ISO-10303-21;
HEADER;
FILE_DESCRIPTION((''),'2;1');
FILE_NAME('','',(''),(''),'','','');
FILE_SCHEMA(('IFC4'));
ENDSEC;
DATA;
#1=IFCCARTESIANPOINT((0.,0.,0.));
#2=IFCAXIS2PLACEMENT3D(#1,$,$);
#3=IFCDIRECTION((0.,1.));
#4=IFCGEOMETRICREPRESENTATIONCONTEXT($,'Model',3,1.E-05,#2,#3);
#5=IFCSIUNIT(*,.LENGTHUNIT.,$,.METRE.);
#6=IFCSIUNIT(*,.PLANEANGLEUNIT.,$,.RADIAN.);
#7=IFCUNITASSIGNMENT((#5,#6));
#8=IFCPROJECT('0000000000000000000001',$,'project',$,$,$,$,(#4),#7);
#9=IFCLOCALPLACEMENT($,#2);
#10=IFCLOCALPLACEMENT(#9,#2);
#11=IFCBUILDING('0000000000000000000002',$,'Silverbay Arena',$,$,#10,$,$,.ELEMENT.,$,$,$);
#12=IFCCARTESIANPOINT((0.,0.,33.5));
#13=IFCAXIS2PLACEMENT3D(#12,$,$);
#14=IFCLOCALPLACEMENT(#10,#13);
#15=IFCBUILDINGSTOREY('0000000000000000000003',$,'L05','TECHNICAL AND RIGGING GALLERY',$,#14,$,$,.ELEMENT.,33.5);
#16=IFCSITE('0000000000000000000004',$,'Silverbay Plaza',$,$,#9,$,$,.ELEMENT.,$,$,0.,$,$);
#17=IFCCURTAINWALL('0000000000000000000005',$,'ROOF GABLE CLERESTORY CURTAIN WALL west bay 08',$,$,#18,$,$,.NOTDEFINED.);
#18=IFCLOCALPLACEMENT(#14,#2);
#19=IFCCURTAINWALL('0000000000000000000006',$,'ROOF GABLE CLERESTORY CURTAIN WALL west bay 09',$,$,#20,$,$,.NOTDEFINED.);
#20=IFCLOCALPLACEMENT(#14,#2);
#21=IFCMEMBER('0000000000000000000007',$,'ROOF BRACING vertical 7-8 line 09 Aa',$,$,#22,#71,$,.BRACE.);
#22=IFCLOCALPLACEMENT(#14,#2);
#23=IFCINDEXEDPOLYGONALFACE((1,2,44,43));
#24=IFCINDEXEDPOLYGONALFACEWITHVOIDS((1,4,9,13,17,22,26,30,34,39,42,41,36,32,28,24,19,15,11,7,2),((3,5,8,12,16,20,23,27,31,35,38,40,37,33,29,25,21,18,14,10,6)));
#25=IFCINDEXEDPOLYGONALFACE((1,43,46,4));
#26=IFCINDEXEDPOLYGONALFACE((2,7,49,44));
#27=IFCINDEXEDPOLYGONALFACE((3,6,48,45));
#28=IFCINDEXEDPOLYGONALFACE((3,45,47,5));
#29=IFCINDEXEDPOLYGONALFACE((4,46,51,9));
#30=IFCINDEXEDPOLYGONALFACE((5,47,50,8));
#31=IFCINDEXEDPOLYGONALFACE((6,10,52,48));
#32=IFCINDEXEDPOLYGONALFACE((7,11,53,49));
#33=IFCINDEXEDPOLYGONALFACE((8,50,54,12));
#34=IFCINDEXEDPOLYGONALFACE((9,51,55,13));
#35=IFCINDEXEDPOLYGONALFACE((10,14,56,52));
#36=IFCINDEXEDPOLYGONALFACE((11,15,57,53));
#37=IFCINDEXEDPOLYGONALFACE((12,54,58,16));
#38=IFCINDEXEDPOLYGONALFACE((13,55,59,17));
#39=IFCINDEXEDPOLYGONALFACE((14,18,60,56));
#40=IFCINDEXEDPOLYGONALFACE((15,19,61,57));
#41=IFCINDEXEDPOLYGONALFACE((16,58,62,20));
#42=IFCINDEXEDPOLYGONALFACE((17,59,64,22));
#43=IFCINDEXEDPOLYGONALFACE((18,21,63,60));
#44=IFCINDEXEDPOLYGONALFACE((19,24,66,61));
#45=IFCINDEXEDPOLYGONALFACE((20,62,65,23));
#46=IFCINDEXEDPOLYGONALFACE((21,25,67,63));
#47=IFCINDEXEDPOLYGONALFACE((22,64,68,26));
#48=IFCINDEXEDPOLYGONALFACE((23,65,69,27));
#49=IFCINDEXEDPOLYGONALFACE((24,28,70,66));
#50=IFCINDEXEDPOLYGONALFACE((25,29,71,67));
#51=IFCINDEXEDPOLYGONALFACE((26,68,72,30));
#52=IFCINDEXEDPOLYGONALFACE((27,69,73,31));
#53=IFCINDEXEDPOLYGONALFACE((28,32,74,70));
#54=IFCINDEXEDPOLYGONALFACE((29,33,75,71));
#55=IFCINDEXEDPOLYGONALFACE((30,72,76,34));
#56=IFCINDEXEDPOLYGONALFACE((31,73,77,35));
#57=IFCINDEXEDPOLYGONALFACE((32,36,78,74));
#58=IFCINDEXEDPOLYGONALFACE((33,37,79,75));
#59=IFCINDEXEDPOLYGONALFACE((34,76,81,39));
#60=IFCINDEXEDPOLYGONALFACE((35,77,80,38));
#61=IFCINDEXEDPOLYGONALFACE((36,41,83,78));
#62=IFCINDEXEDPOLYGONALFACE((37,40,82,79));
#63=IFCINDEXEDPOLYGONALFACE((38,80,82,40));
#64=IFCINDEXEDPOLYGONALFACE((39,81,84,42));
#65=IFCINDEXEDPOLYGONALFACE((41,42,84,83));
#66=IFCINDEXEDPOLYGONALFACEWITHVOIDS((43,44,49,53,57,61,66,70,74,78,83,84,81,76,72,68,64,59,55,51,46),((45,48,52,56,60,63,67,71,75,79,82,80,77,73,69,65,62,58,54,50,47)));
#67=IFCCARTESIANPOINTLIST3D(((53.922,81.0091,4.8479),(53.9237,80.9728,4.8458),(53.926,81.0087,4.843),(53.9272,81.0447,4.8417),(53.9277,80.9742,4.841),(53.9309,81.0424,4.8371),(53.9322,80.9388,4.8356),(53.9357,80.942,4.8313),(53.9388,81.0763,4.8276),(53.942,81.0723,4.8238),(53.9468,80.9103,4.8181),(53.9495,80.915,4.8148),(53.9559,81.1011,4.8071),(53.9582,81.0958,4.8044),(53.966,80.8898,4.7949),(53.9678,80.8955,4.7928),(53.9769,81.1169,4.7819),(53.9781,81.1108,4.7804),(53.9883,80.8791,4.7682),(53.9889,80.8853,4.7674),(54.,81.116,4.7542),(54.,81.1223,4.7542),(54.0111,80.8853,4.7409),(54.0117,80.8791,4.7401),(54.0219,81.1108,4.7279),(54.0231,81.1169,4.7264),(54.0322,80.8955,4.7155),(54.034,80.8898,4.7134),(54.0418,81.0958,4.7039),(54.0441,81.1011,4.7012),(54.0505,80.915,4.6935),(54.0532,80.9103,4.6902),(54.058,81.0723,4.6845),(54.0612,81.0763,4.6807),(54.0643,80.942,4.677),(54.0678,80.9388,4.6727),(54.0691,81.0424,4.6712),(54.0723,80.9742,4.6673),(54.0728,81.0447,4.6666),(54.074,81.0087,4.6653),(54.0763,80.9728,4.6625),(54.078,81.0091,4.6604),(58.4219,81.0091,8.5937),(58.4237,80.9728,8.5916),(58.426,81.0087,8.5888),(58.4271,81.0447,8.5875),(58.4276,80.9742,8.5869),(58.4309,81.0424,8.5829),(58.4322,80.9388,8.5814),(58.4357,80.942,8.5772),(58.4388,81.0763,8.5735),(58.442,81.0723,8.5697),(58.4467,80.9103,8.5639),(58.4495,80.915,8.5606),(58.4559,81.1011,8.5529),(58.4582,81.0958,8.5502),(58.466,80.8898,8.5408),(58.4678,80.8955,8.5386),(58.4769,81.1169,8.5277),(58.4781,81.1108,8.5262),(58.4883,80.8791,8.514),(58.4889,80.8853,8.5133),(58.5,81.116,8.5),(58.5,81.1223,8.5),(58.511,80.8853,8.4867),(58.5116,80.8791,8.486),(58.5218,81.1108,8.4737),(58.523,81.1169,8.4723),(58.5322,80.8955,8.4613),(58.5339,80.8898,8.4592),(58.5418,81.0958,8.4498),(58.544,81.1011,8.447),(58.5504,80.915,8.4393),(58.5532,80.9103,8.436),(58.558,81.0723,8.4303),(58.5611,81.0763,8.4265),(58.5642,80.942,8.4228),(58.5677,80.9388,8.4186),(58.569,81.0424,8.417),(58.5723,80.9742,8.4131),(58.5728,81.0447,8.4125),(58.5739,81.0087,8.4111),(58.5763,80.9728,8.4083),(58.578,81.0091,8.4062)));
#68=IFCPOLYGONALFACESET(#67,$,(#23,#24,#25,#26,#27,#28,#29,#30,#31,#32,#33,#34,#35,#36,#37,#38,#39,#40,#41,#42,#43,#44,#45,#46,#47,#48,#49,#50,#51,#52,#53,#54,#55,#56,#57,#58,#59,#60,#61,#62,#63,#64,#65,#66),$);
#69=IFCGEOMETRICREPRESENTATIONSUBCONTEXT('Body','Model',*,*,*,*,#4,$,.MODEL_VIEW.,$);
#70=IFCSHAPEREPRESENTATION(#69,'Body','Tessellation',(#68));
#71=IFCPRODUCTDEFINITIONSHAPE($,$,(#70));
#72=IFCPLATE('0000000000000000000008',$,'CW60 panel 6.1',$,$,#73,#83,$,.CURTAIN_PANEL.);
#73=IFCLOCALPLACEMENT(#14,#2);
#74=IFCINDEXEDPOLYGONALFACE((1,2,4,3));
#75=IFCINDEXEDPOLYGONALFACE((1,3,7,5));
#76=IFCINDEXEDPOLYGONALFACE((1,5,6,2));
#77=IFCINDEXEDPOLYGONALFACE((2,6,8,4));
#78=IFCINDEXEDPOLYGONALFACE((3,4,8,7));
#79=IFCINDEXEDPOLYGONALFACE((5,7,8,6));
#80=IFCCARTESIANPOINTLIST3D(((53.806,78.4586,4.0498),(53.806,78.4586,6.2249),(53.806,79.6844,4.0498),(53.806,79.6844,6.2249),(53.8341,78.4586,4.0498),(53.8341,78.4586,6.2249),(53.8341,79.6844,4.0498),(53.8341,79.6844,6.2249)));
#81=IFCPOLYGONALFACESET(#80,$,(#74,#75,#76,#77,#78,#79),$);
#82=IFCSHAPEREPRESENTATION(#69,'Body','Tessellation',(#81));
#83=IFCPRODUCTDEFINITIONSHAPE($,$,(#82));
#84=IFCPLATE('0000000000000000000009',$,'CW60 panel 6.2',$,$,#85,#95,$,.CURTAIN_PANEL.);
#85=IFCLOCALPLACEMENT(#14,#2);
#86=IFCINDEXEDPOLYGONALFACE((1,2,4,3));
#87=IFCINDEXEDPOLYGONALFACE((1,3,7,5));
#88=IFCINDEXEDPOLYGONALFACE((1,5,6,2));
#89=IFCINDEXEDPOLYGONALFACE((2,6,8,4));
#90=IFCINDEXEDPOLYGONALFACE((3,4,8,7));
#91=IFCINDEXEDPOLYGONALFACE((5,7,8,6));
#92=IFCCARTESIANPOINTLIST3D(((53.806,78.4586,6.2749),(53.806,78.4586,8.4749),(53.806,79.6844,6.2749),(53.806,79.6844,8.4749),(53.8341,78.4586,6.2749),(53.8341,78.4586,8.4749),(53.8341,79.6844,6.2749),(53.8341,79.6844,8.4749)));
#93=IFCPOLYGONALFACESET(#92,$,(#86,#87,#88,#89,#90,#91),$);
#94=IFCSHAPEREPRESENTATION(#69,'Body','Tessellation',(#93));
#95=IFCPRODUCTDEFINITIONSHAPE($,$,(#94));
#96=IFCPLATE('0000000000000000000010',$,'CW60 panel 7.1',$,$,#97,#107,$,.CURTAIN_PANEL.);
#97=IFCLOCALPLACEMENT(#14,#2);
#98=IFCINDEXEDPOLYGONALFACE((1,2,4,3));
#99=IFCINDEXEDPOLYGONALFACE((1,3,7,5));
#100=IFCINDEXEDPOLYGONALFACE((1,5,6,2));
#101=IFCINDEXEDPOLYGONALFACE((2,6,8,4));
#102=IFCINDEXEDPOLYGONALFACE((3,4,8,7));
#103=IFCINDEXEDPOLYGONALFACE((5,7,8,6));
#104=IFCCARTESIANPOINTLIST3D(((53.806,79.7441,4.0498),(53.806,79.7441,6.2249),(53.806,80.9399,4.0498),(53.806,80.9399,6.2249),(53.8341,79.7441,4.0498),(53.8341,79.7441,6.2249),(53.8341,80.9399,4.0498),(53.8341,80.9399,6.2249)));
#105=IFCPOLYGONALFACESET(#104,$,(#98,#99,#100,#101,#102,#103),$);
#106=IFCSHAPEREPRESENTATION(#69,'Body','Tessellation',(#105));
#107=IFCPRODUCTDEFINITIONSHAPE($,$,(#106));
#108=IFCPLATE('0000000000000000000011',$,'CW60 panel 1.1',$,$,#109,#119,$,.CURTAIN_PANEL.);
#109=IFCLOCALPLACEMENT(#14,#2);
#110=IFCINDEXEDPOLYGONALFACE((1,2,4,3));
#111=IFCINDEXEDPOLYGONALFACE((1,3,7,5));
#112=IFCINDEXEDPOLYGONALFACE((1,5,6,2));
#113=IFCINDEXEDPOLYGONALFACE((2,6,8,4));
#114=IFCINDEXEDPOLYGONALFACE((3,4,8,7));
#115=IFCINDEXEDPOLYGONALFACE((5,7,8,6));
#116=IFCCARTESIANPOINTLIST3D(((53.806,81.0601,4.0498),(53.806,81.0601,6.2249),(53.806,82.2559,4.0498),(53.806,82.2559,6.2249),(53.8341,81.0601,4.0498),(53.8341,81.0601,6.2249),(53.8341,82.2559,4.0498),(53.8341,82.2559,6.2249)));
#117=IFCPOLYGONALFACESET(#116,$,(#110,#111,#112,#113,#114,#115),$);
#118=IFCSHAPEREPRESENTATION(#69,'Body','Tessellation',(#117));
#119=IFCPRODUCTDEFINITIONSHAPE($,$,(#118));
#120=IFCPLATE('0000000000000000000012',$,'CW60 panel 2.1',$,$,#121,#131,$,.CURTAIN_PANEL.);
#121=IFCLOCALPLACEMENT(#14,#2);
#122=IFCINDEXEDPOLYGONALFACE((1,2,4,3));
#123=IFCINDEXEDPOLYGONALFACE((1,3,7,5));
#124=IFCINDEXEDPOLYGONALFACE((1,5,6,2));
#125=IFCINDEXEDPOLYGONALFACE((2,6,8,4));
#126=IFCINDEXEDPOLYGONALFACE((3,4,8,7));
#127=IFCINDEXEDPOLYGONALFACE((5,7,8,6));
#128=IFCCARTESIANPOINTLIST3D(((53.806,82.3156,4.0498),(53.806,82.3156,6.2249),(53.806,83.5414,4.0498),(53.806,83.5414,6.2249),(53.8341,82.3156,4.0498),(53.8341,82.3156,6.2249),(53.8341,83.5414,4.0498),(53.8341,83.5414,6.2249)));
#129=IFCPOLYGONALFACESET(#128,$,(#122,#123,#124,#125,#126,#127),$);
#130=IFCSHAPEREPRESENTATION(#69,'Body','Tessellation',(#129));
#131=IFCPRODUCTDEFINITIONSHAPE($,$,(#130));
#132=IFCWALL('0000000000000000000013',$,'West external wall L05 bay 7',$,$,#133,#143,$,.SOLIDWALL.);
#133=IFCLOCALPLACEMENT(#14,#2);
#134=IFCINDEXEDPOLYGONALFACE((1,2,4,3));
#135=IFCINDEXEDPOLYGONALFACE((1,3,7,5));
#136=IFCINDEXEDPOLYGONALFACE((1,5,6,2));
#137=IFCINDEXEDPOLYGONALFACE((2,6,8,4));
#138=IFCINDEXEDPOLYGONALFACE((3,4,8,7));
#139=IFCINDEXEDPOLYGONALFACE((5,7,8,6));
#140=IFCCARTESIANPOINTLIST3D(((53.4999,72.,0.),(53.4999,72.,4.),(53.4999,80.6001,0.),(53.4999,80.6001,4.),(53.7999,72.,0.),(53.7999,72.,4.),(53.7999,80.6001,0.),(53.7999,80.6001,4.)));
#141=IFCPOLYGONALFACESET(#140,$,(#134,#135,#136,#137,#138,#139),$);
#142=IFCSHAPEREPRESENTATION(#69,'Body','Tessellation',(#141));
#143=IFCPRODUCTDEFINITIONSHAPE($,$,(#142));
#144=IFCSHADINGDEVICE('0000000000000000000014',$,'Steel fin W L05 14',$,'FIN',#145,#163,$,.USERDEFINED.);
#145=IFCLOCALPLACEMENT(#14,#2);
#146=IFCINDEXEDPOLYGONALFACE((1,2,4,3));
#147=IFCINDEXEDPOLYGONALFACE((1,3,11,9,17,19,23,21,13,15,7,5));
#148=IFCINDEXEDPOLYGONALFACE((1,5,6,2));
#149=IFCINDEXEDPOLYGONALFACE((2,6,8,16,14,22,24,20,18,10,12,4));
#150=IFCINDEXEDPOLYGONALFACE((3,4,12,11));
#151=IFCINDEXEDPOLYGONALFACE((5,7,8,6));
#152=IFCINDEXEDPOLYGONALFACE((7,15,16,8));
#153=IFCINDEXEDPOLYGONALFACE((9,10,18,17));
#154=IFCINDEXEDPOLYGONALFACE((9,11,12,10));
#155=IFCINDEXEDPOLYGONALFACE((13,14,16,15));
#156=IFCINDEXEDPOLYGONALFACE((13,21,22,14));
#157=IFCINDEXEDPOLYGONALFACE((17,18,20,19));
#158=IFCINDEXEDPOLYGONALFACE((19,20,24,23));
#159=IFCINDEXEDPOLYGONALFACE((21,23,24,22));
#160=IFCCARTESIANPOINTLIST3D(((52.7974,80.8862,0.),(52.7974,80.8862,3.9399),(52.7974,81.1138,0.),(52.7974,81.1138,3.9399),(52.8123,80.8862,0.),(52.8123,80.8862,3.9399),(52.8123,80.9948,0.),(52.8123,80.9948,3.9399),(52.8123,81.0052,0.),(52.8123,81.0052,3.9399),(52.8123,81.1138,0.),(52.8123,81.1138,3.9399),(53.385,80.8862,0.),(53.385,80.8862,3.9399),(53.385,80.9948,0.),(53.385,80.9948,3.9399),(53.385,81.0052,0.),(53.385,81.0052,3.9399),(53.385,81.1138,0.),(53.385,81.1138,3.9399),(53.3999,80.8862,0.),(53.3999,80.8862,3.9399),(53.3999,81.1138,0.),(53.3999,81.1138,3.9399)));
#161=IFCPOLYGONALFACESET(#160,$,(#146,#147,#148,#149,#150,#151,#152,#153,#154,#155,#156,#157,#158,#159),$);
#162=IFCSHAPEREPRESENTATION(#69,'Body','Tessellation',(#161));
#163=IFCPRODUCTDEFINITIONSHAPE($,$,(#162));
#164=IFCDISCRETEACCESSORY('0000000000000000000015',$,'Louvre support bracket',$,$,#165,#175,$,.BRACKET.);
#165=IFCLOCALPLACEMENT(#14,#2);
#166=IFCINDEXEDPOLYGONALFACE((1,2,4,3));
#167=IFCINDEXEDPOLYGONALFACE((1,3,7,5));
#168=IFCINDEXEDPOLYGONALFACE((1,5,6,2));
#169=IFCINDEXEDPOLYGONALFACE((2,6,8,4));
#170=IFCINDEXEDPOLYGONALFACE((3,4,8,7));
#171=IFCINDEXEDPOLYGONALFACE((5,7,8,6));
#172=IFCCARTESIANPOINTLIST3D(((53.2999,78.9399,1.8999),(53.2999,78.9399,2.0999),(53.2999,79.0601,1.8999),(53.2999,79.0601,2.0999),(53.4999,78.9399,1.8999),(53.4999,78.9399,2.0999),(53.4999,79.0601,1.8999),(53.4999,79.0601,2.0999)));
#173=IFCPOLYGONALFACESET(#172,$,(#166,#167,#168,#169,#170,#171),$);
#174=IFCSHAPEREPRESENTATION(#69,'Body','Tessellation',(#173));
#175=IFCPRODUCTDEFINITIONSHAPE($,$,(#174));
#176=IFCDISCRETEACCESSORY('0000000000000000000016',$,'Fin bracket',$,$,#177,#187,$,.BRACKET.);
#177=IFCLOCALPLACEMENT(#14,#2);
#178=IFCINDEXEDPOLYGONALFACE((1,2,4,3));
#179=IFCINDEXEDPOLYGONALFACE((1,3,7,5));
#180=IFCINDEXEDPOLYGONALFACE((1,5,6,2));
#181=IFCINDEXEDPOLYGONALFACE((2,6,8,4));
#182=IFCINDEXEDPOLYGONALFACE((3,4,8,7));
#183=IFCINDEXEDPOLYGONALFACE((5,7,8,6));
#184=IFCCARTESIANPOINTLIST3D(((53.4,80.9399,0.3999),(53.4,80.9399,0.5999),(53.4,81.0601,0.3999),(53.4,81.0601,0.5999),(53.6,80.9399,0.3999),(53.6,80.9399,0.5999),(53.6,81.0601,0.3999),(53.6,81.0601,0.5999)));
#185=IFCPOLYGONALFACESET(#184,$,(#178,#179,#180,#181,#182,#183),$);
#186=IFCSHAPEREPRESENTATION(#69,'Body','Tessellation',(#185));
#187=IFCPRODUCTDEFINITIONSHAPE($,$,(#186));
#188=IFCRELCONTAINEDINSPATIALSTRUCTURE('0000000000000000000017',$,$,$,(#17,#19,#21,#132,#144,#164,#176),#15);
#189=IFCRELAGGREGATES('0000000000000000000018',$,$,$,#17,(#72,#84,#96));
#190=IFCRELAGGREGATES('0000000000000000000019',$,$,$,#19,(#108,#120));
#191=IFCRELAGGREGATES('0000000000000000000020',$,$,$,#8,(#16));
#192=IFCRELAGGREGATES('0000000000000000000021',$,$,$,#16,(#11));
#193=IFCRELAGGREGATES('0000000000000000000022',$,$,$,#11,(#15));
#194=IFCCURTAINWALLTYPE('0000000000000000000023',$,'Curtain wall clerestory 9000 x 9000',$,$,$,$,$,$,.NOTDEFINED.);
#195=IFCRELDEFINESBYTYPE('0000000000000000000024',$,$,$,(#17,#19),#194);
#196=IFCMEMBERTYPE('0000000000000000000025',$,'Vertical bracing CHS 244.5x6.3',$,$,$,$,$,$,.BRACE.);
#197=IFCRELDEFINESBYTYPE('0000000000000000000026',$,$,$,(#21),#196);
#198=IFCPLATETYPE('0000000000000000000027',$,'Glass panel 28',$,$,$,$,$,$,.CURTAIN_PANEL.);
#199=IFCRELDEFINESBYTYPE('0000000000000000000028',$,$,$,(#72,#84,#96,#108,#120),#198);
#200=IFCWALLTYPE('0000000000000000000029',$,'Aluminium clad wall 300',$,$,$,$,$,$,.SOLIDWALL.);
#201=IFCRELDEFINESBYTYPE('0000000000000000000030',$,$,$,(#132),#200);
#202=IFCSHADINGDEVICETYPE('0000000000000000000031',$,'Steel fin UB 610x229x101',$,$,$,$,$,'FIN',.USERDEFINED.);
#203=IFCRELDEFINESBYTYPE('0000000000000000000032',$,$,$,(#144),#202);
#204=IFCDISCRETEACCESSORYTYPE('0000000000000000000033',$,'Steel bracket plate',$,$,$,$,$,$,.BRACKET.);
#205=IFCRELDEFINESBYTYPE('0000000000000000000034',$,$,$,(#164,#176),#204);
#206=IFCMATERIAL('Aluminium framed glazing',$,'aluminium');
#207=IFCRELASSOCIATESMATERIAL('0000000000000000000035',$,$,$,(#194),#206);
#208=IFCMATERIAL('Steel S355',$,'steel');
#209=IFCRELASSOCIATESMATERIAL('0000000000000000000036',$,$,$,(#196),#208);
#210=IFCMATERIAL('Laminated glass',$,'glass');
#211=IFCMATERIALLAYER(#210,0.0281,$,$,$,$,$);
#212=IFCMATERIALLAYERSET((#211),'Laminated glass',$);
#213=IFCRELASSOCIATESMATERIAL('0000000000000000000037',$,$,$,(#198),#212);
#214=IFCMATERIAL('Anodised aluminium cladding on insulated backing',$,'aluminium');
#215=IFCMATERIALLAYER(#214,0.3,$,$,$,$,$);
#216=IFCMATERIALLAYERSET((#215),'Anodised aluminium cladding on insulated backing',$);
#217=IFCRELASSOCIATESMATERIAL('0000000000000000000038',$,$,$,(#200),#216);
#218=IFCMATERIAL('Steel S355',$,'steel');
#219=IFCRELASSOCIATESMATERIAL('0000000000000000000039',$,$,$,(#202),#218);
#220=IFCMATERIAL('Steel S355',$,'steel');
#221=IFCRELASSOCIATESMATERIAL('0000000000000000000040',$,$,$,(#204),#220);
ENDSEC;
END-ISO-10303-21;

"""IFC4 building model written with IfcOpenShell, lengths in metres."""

from ifc_helpers import new_model, si_unit, direction, frame, frame_2d, origin, origin_2d, place, context, subcontext, project, spatial, rectangle, hollow_circle, i_section, extrude, material, layer, layer_set, material_profile, profile_set, type_object, element, aggregate, save


model = new_model("IFC4")

# Units and contexts
model_context = context("Model", 3, precision=1e-05, world=origin(), true_north=direction((0.0, 1.0)))
body_context = subcontext(model_context, "Body", "Model", "MODEL_VIEW")
ifc_project = project(units=[si_unit("LENGTHUNIT", "METRE"), si_unit("PLANEANGLEUNIT", "RADIAN")], contexts=[model_context])

# Site, building, storey
site_placement = place(None, origin())
site = spatial("IfcSite", under=ifc_project, at=site_placement, Name="Silverbay Plaza", CompositionType="ELEMENT", RefElevation=0.0)
building_placement = place(site_placement, origin())
building = spatial("IfcBuilding", under=site, at=building_placement, Name="Silverbay Arena", CompositionType="ELEMENT")
storey_placement = place(building_placement, frame((0.0, 0.0, 33.5)))
storey = spatial("IfcBuildingStorey", under=building, at=storey_placement, Name="L05", Description="TECHNICAL AND RIGGING GALLERY", CompositionType="ELEMENT", Elevation=33.5)

# Curtain walls
ifc_material_1 = material(Name="Aluminium framed glazing", Category="aluminium")
curtain_wall_type = type_object("IfcCurtainWallType", Name="Curtain wall clerestory 9000 x 9000", PredefinedType="NOTDEFINED", material=ifc_material_1)
curtain_wall_1_placement = place(storey_placement, origin())
curtain_wall_1 = element("IfcCurtainWall", 1, at=curtain_wall_1_placement, inside=storey, type_object=curtain_wall_type, Name="ROOF GABLE CLERESTORY CURTAIN WALL west bay 08", PredefinedType="NOTDEFINED")
curtain_wall_2_placement = place(storey_placement, origin())
curtain_wall_2 = element("IfcCurtainWall", 2, at=curtain_wall_2_placement, inside=storey, type_object=curtain_wall_type, Name="ROOF GABLE CLERESTORY CURTAIN WALL west bay 09", PredefinedType="NOTDEFINED")

# Member
ifc_material_2 = material(Name="Steel S355", Category="steel")
ifc_material_profile_1 = material_profile(ifc_material_2, hollow_circle(Radius=0.1223, WallThickness=0.0063, at=origin_2d()), Name="CHS 244.5x6.3")
ifc_profile_set_1 = profile_set([ifc_material_profile_1], Name="Steel S355")
member_type_1 = type_object("IfcMemberType", Name="Vertical bracing CHS 244.5x6.3", PredefinedType="BRACE", material=ifc_profile_set_1)
member_1_placement = place(storey_placement, frame((54.0, 81.0, 4.7542), z_axis=(0.76857, 0.0, 0.639766), x_axis=(0.0, 1.0, 0.0)))
element("IfcMember", 3, at=member_1_placement, inside=storey, type_object=member_type_1, Name="ROOF BRACING vertical 7-8 line 09 Aa", PredefinedType="BRACE", context=body_context, shape_type="SweptSolid", body=[
    extrude(hollow_circle(Radius=0.1223, WallThickness=0.0063, at=origin_2d()), origin(), (0.0, 0.0, 1.0), 5.855),
])

# Plates
ifc_material_3 = material(Name="Laminated glass", Category="glass")
ifc_layer_1 = layer(ifc_material_3, 0.0281)
ifc_layer_set_1 = layer_set([ifc_layer_1], Name="Laminated glass")
plate_type = type_object("IfcPlateType", Name="Glass panel 28", PredefinedType="CURTAIN_PANEL", material=ifc_layer_set_1)
plate_1_placement = place(storey_placement, frame((53.8201, 79.0715, 4.0498), z_axis=(0.0, 0.0, 1.0), x_axis=(0.0, 1.0, 0.0)))
plate_1 = element("IfcPlate", 4, at=plate_1_placement, type_object=plate_type, Name="CW60 panel 6.1", PredefinedType="CURTAIN_PANEL", context=body_context, shape_type="SweptSolid", body=[
    extrude(rectangle(XDim=1.2258, YDim=0.0281, at=origin_2d()), origin(), (0.0, 0.0, 1.0), 2.175),
])
plate_2_placement = place(storey_placement, frame((53.8201, 79.0715, 6.2749), z_axis=(0.0, 0.0, 1.0), x_axis=(0.0, 1.0, 0.0)))
plate_2 = element("IfcPlate", 5, at=plate_2_placement, type_object=plate_type, Name="CW60 panel 6.2", PredefinedType="CURTAIN_PANEL", context=body_context, shape_type="SweptSolid", body=[
    extrude(rectangle(XDim=1.2258, YDim=0.0281, at=origin_2d()), origin(), (0.0, 0.0, 1.0), 2.2),
])
plate_3_placement = place(storey_placement, frame((53.8201, 80.342, 4.0498), z_axis=(0.0, 0.0, 1.0), x_axis=(0.0, 1.0, 0.0)))
plate_3 = element("IfcPlate", 6, at=plate_3_placement, type_object=plate_type, Name="CW60 panel 7.1", PredefinedType="CURTAIN_PANEL", context=body_context, shape_type="SweptSolid", body=[
    extrude(rectangle(XDim=1.1958, YDim=0.0281, at=origin_2d()), origin(), (0.0, 0.0, 1.0), 2.175),
])
aggregate(curtain_wall_1, [plate_1, plate_2, plate_3])
plate_4_placement = place(storey_placement, frame((53.8201, 81.658, 4.0498), z_axis=(0.0, 0.0, 1.0), x_axis=(0.0, 1.0, 0.0)))
plate_4 = element("IfcPlate", 7, at=plate_4_placement, type_object=plate_type, Name="CW60 panel 1.1", PredefinedType="CURTAIN_PANEL", context=body_context, shape_type="SweptSolid", body=[
    extrude(rectangle(XDim=1.1958, YDim=0.0281, at=origin_2d()), origin(), (0.0, 0.0, 1.0), 2.175),
])
plate_5_placement = place(storey_placement, frame((53.8201, 82.9285, 4.0498), z_axis=(0.0, 0.0, 1.0), x_axis=(0.0, 1.0, 0.0)))
plate_5 = element("IfcPlate", 8, at=plate_5_placement, type_object=plate_type, Name="CW60 panel 2.1", PredefinedType="CURTAIN_PANEL", context=body_context, shape_type="SweptSolid", body=[
    extrude(rectangle(XDim=1.2258, YDim=0.0281, at=origin_2d()), origin(), (0.0, 0.0, 1.0), 2.175),
])
aggregate(curtain_wall_2, [plate_4, plate_5])

# Wall
ifc_material_4 = material(Name="Anodised aluminium cladding on insulated backing", Category="aluminium")
ifc_layer_2 = layer(ifc_material_4, 0.3)
ifc_layer_set_2 = layer_set([ifc_layer_2], Name="Anodised aluminium cladding on insulated backing")
wall_type = type_object("IfcWallType", Name="Aluminium clad wall 300", PredefinedType="SOLIDWALL", material=ifc_layer_set_2)
wall_placement = place(storey_placement, frame((53.6499, 80.6001, 0.0), z_axis=(0.0, 0.0, 1.0), x_axis=(0.0, -1.0, 0.0)))
element("IfcWall", 9, at=wall_placement, inside=storey, type_object=wall_type, Name="West external wall L05 bay 7", PredefinedType="SOLIDWALL", context=body_context, shape_type="SweptSolid", body=[
    extrude(rectangle(XDim=8.6001, YDim=0.3, at=frame_2d((4.3, 0.0))), origin(), (0.0, 0.0, 1.0), 4.0),
])

# Shading device
ifc_material_5 = material(Name="Steel S355", Category="steel")
ifc_material_profile_2 = material_profile(ifc_material_5, i_section(OverallWidth=0.2275, OverallDepth=0.6025, WebThickness=0.0105, FlangeThickness=0.0149, at=origin_2d()), Name="UB 610x229x101")
ifc_profile_set_2 = profile_set([ifc_material_profile_2], Name="Steel S355")
shading_device_type = type_object("IfcShadingDeviceType", Name="Steel fin UB 610x229x101", ElementType="FIN", PredefinedType="USERDEFINED", material=ifc_profile_set_2)
shading_device_placement = place(storey_placement, frame((53.0986, 81.0, 0.0), z_axis=(0.0, 0.0, 1.0), x_axis=(0.0, 1.0, 0.0)))
element("IfcShadingDevice", 10, at=shading_device_placement, inside=storey, type_object=shading_device_type, Name="Steel fin W L05 14", ObjectType="FIN", PredefinedType="USERDEFINED", context=body_context, shape_type="SweptSolid", body=[
    extrude(i_section(OverallWidth=0.2275, OverallDepth=0.6025, WebThickness=0.0105, FlangeThickness=0.0149, at=origin_2d()), origin(), (0.0, 0.0, 1.0), 3.9399),
])

# Discrete accessories
ifc_material_6 = material(Name="Steel S355", Category="steel")
discrete_accessory_type = type_object("IfcDiscreteAccessoryType", Name="Steel bracket plate", PredefinedType="BRACKET", material=ifc_material_6)
discrete_accessory_placement = place(storey_placement, frame((53.3999, 79.0, 1.8999), z_axis=(0.0, 0.0, 1.0), x_axis=(0.0, 1.0, 0.0)))
element("IfcDiscreteAccessory", 11, at=discrete_accessory_placement, inside=storey, type_object=discrete_accessory_type, Name="Louvre support bracket", PredefinedType="BRACKET", context=body_context, shape_type="SweptSolid", body=[
    extrude(rectangle(XDim=0.1201, YDim=0.2, at=origin_2d()), origin(), (0.0, 0.0, 1.0), 0.2),
])
for number, where, z_axis, x_axis, name in (
    (12, (53.5, 81.0, 0.3999), (0.0, 0.0, 1.0), (1.0, 0.0, 0.0), "Fin bracket"),
):
    element("IfcDiscreteAccessory", number, at=place(storey_placement, frame(where, z_axis=z_axis, x_axis=x_axis)), inside=storey, type_object=discrete_accessory_type, Name=name, PredefinedType="BRACKET", context=body_context, shape_type="SweptSolid", body=[
        extrude(rectangle(XDim=0.2, YDim=0.1201, at=origin_2d()), origin(), (0.0, 0.0, 1.0), 0.2),
    ])

save(model, "model.ifc")
